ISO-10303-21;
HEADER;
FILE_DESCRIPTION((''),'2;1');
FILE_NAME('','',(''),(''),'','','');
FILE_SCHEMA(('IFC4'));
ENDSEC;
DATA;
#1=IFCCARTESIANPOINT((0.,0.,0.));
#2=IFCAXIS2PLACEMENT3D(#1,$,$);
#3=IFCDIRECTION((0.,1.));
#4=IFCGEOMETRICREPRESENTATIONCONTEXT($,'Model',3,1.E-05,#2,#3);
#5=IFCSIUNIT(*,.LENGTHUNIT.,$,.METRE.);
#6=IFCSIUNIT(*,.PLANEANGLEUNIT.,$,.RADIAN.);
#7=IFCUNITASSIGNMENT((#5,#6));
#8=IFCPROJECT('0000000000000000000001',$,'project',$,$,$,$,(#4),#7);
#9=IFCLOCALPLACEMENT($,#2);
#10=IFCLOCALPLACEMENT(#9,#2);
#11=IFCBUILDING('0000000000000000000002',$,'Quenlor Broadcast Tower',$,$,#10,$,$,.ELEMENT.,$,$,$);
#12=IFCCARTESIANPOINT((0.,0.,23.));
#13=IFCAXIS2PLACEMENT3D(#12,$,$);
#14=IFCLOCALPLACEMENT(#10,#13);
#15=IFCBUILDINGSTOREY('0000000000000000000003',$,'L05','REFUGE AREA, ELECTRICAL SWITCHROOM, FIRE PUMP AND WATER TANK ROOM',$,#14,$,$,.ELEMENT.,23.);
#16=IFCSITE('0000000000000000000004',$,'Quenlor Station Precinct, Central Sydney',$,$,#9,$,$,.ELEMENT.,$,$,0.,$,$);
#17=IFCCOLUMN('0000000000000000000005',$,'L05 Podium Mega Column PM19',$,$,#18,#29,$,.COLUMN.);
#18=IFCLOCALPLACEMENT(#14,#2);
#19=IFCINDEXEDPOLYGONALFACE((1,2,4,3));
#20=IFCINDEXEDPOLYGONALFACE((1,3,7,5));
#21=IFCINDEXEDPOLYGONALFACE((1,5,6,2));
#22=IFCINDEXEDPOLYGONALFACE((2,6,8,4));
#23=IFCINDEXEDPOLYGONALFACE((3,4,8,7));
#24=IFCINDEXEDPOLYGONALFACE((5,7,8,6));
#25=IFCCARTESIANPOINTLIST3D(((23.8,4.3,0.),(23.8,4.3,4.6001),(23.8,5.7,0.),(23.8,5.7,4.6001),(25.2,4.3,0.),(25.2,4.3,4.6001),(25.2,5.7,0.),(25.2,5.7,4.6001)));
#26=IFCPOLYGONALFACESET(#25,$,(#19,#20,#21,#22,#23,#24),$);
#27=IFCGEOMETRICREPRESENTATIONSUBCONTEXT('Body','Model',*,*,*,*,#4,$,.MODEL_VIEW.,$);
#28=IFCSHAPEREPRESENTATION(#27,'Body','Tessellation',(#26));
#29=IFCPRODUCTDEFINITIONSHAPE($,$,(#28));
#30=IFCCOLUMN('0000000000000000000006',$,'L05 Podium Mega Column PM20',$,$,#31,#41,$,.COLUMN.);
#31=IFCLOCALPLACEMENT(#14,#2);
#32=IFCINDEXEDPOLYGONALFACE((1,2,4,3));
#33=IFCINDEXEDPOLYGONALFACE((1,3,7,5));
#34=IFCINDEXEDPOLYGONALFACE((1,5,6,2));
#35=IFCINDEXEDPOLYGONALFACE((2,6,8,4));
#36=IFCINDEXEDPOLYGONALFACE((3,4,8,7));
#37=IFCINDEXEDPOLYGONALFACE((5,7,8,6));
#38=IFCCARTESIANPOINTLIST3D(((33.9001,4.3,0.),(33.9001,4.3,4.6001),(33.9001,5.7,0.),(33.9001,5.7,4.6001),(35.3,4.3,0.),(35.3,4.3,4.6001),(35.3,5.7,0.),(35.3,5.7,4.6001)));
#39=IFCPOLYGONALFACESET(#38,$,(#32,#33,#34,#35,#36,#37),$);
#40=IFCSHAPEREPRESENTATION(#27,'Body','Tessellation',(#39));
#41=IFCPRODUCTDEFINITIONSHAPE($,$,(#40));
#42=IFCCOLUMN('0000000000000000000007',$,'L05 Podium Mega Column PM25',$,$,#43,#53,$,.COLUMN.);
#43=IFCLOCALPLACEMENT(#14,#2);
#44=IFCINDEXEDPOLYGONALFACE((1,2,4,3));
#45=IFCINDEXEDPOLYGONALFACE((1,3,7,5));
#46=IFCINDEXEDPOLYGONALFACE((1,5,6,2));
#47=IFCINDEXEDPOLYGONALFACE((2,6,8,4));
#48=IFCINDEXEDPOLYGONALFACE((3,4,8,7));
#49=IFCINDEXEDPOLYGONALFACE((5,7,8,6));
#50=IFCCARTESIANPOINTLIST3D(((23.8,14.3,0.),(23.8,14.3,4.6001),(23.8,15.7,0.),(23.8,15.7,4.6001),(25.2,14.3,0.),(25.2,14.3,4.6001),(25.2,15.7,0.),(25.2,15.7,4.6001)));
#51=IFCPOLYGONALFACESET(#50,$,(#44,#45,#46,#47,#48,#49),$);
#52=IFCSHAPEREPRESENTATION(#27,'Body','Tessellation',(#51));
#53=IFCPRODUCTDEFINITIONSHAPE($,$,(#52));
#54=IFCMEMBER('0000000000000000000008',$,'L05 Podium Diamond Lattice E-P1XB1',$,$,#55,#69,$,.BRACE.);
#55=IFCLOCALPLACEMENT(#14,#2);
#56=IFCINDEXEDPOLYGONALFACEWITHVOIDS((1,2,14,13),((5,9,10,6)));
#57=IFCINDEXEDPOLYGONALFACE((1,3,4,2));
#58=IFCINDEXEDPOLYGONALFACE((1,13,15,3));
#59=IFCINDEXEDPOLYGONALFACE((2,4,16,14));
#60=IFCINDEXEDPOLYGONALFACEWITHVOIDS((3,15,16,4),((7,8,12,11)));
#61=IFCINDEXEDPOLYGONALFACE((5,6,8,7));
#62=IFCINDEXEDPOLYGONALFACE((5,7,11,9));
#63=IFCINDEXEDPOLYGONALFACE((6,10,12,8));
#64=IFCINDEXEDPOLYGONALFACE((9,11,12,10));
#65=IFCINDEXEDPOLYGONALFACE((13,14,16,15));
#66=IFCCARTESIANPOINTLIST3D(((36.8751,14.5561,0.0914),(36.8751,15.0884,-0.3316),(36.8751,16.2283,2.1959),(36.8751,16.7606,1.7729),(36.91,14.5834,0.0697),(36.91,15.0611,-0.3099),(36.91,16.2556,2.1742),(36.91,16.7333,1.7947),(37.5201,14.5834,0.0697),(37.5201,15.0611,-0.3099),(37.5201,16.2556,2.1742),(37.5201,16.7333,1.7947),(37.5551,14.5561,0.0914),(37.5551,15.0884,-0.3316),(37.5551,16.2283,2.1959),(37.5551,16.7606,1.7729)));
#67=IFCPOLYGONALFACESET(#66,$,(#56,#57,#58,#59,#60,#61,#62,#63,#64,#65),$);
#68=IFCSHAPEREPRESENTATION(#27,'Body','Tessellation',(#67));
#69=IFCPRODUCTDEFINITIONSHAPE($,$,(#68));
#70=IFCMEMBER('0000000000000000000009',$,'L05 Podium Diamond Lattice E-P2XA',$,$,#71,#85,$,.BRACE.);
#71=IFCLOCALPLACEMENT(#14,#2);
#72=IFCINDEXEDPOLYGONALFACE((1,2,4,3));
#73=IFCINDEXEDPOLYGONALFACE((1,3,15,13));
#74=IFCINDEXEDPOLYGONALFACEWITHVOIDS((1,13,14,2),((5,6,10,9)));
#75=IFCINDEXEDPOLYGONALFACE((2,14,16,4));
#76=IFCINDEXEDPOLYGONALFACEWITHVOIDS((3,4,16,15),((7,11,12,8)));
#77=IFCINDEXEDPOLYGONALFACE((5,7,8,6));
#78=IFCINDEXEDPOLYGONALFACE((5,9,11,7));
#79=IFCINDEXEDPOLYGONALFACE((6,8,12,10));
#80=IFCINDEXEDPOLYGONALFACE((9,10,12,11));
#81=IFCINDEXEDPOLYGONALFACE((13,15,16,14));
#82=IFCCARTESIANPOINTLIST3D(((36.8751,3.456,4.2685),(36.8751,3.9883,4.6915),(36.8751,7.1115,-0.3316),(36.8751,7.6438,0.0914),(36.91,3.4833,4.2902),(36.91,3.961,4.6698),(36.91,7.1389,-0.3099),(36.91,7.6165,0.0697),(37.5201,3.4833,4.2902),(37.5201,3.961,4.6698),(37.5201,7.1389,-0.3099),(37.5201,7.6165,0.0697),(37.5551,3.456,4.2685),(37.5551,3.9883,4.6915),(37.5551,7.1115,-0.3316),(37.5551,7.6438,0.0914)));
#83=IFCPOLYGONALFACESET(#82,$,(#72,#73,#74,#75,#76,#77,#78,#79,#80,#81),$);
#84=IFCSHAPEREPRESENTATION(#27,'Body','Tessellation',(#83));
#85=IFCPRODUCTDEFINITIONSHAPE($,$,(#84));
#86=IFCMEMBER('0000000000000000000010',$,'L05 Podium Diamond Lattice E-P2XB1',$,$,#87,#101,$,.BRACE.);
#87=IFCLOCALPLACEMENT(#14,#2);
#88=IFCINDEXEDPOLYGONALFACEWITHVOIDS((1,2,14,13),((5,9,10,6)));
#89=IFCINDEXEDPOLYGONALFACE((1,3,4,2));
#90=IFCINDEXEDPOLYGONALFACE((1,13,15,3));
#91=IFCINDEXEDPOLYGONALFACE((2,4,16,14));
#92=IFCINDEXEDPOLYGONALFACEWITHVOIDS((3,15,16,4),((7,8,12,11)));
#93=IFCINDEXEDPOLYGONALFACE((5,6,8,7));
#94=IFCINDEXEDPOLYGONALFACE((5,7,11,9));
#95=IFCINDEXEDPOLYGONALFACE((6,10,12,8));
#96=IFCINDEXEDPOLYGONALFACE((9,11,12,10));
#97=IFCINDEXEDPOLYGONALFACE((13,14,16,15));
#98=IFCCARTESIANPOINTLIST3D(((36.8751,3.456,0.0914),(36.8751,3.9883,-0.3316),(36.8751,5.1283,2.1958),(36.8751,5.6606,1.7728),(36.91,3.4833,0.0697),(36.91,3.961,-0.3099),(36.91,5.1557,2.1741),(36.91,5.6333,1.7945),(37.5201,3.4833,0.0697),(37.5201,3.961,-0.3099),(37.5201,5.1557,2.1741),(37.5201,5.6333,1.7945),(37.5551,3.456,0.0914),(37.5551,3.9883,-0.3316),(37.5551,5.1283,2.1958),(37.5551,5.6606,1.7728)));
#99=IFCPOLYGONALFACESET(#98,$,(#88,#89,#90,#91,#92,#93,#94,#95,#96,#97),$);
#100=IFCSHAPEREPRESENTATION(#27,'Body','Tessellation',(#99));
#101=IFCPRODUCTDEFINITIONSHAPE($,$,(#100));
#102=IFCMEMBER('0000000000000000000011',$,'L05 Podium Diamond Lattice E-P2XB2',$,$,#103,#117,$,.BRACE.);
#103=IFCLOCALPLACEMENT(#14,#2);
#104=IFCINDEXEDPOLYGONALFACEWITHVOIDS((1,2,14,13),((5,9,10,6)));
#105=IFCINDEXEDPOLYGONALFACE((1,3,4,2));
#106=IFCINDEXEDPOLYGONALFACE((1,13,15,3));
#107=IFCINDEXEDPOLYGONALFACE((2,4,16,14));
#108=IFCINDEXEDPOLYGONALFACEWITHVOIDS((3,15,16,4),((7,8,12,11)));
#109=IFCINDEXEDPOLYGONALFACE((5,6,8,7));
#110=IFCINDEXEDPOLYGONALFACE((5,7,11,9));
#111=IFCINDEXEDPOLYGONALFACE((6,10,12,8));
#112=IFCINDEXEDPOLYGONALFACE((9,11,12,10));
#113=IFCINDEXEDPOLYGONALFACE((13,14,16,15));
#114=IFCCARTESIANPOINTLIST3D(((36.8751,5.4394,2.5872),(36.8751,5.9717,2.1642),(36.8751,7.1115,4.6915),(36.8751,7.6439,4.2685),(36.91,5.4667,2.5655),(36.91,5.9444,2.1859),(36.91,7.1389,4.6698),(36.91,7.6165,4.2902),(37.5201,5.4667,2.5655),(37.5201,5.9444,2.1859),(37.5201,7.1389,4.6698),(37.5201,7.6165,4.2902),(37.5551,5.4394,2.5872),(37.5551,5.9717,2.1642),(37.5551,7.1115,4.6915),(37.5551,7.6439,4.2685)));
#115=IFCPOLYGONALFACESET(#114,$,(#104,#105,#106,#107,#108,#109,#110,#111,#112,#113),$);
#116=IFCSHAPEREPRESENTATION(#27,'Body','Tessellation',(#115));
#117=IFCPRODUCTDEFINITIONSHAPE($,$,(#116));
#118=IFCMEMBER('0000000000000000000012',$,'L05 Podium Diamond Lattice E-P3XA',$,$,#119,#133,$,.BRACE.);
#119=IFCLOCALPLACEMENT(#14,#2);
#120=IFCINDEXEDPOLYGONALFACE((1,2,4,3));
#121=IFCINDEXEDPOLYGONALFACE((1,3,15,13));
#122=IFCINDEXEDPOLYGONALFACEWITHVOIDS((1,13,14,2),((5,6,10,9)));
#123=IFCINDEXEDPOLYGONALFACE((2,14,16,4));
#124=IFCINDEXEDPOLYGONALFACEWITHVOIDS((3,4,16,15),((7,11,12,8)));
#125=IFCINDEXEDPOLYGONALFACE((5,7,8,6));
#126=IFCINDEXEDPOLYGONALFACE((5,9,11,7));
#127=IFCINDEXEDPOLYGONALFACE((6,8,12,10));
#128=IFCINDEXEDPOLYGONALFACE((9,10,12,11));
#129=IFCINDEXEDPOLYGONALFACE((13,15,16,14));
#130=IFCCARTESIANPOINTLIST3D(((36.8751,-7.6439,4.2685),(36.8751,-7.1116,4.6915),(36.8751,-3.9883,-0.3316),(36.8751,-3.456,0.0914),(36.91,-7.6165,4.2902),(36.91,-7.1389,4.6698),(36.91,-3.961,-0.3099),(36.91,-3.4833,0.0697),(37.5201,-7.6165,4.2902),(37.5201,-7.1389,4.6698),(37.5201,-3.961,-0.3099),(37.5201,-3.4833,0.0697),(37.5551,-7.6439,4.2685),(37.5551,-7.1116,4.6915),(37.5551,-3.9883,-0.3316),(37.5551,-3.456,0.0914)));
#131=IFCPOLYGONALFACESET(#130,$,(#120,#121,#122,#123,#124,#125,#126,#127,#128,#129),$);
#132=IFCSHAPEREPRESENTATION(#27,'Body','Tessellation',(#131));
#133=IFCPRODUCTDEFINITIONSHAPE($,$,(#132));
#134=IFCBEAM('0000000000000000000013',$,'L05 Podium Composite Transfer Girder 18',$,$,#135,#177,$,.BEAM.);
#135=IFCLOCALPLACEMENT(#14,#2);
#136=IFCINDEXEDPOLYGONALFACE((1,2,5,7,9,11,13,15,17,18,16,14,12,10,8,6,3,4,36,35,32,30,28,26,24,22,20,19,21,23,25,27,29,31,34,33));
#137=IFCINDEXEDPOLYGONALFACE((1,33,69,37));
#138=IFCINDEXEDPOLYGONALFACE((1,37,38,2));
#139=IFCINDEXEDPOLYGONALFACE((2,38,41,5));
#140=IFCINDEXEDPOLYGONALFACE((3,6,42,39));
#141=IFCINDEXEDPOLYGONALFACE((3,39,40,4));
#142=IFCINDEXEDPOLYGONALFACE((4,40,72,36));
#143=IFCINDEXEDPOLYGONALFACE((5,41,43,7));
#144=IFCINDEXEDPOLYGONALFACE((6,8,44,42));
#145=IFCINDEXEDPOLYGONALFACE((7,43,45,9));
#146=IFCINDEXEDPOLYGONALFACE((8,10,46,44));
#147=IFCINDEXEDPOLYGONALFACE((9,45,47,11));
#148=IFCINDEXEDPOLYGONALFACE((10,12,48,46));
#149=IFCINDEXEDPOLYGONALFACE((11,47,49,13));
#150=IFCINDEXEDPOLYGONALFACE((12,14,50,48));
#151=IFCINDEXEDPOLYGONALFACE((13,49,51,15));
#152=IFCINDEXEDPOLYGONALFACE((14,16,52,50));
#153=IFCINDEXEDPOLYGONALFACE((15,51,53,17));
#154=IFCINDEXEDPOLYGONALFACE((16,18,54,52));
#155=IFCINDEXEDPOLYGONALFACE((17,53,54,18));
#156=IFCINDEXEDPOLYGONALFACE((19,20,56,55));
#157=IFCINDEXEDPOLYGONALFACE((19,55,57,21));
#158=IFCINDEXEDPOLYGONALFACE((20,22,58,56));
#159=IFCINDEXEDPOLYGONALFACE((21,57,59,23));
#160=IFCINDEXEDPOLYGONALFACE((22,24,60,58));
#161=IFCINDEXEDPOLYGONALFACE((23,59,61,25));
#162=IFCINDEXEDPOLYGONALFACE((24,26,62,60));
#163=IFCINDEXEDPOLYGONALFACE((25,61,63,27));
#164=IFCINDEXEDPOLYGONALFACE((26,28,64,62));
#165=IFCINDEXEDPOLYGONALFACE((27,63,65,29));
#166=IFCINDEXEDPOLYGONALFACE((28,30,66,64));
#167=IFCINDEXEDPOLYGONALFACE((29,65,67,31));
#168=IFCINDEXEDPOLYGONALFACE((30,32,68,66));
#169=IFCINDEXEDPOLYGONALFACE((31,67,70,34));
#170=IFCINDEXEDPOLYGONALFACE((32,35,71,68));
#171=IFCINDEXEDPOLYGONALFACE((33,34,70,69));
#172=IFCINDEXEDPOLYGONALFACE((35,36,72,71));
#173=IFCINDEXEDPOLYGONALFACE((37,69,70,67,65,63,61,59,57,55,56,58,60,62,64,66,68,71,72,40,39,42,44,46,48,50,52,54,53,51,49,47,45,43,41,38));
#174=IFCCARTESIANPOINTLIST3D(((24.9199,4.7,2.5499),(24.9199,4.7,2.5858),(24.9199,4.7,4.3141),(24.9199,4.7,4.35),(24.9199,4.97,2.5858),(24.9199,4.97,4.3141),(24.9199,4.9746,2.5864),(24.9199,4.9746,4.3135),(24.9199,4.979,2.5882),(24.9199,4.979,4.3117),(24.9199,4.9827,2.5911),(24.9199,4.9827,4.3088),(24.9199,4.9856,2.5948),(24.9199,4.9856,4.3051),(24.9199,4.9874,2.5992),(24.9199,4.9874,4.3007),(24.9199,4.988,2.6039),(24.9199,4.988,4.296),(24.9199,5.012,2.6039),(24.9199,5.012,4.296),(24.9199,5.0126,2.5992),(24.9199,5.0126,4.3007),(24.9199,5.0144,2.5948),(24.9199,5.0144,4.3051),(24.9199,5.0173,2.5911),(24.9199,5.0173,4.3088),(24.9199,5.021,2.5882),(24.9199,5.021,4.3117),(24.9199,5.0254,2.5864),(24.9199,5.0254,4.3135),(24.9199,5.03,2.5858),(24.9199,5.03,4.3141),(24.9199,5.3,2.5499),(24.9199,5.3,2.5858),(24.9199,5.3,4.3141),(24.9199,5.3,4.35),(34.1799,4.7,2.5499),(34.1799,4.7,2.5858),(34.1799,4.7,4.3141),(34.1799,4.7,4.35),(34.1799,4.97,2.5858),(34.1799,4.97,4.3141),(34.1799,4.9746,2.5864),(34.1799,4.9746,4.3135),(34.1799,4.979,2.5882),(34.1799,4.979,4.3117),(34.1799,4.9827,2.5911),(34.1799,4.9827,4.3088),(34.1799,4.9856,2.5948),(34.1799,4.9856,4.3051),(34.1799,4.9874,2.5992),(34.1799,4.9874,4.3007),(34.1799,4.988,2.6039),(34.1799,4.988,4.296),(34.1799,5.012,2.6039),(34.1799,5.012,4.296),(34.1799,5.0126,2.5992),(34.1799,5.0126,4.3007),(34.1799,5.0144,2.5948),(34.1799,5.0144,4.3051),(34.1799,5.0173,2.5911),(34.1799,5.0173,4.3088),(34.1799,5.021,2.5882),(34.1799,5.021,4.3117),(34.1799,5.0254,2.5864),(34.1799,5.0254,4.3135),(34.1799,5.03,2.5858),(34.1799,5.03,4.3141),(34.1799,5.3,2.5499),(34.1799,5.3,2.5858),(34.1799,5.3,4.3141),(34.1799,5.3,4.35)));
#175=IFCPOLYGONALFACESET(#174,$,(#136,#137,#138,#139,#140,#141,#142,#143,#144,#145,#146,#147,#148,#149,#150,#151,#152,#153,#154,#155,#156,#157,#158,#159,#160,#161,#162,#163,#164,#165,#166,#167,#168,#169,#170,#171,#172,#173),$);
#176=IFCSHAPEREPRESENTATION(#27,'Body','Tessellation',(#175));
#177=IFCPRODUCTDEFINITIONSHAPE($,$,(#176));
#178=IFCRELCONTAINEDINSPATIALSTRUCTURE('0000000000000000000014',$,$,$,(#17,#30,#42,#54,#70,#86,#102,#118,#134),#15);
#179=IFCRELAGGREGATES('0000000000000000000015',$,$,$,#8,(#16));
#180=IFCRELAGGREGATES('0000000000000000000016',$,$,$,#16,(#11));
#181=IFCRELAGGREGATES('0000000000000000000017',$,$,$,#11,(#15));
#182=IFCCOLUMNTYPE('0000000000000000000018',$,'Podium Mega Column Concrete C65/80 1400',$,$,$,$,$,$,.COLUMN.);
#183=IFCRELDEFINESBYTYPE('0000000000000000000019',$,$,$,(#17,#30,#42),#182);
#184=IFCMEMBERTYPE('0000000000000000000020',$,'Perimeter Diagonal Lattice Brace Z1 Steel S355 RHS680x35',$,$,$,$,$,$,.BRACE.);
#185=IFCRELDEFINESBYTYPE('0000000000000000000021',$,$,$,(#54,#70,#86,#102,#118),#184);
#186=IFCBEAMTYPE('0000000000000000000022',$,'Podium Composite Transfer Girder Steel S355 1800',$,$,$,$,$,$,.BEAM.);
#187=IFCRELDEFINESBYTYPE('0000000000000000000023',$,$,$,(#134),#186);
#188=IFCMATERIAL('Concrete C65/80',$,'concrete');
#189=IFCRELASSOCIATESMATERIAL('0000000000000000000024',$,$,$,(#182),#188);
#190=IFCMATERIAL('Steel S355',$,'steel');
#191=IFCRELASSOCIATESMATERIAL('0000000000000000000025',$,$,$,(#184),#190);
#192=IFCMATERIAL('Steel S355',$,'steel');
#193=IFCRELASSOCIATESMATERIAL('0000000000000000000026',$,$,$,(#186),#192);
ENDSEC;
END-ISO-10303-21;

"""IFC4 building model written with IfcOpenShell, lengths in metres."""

from ifc_helpers import new_model, si_unit, direction, frame, origin, origin_2d, place, context, subcontext, project, spatial, rectangle, hollow_rectangle, i_section, extrude, material, material_profile, profile_set, type_object, element, save


model = new_model("IFC4")

# Units and contexts
model_context = context("Model", 3, precision=1e-05, world=origin(), true_north=direction((0.0, 1.0)))
body_context = subcontext(model_context, "Body", "Model", "MODEL_VIEW")
ifc_project = project(units=[si_unit("LENGTHUNIT", "METRE"), si_unit("PLANEANGLEUNIT", "RADIAN")], contexts=[model_context])

# Site, building, storey
site_placement = place(None, origin())
site = spatial("IfcSite", under=ifc_project, at=site_placement, Name="Quenlor Station Precinct, Central Sydney", CompositionType="ELEMENT", RefElevation=0.0)
building_placement = place(site_placement, origin())
building = spatial("IfcBuilding", under=site, at=building_placement, Name="Quenlor Broadcast Tower", CompositionType="ELEMENT")
storey_placement = place(building_placement, frame((0.0, 0.0, 23.0)))
storey = spatial("IfcBuildingStorey", under=building, at=storey_placement, Name="L05", Description="REFUGE AREA, ELECTRICAL SWITCHROOM, FIRE PUMP AND WATER TANK ROOM", CompositionType="ELEMENT", Elevation=23.0)

# Columns
ifc_material_1 = material(Name="Concrete C65/80", Category="concrete")
ifc_material_profile_1 = material_profile(ifc_material_1, rectangle(XDim=1.3999, YDim=1.3999, at=origin_2d()))
ifc_profile_set_1 = profile_set([ifc_material_profile_1], Name="Concrete C65/80 RC1400x1400")
column_type = type_object("IfcColumnType", Name="Podium Mega Column Concrete C65/80 1400", PredefinedType="COLUMN", material=ifc_profile_set_1)
for number, where, z_axis, x_axis, name in (
    (1, (24.5, 5.0, 0.0), (0.0, 0.0, 1.0), (1.0, 0.0, 0.0), "L05 Podium Mega Column PM19"),
    (2, (34.6001, 5.0, 0.0), (0.0, 0.0, 1.0), (1.0, 0.0, 0.0), "L05 Podium Mega Column PM20"),
    (3, (24.5, 15.0, 0.0), (0.0, 0.0, 1.0), (1.0, 0.0, 0.0), "L05 Podium Mega Column PM25"),
):
    element("IfcColumn", number, at=place(storey_placement, frame(where, z_axis=z_axis, x_axis=x_axis)), inside=storey, type_object=column_type, Name=name, PredefinedType="COLUMN", context=body_context, shape_type="SweptSolid", body=[
        extrude(rectangle(XDim=1.3999, YDim=1.3999, at=origin_2d()), origin(), (0.0, 0.0, 1.0), 4.6001),
    ])

# Members
ifc_material_2 = material(Name="Steel S355", Category="steel")
ifc_material_profile_2 = material_profile(ifc_material_2, hollow_rectangle(XDim=0.6799, YDim=0.6799, WallThickness=0.0349, at=origin_2d()))
ifc_profile_set_2 = profile_set([ifc_material_profile_2], Name="Steel S355 RHS680x680x35")
member_type_1 = type_object("IfcMemberType", Name="Perimeter Diagonal Lattice Brace Z1 Steel S355 RHS680x35", PredefinedType="BRACE", material=ifc_profile_set_2)
member_1_placement = place(storey_placement, frame((37.2151, 14.8223, -0.1201), z_axis=(0.0, 0.622089, 0.782947), x_axis=(-1.0, 0.0, 0.0)))
element("IfcMember", 4, at=member_1_placement, inside=storey, type_object=member_type_1, Name="L05 Podium Diamond Lattice E-P1XB1", PredefinedType="BRACE", context=body_context, shape_type="SweptSolid", body=[
    extrude(hollow_rectangle(XDim=0.6799, YDim=0.6799, WallThickness=0.0349, at=origin_2d()), origin(), (0.0, 0.0, 1.0), 2.688),
])
member_2_placement = place(storey_placement, frame((37.2151, 7.3777, -0.1201), z_axis=(0.0, -0.622143, 0.782904), x_axis=(1.0, 0.0, 0.0)))
element("IfcMember", 5, at=member_2_placement, inside=storey, type_object=member_type_1, Name="L05 Podium Diamond Lattice E-P2XA", PredefinedType="BRACE", context=body_context, shape_type="SweptSolid", body=[
    extrude(hollow_rectangle(XDim=0.6799, YDim=0.6799, WallThickness=0.0349, at=origin_2d()), origin(), (0.0, 0.0, 1.0), 5.8757),
])
member_3_placement = place(storey_placement, frame((37.2151, 3.7222, -0.1201), z_axis=(0.0, 0.622144, 0.782903), x_axis=(-1.0, 0.0, 0.0)))
element("IfcMember", 6, at=member_3_placement, inside=storey, type_object=member_type_1, Name="L05 Podium Diamond Lattice E-P2XB1", PredefinedType="BRACE", context=body_context, shape_type="SweptSolid", body=[
    extrude(hollow_rectangle(XDim=0.6799, YDim=0.6799, WallThickness=0.0349, at=origin_2d()), origin(), (0.0, 0.0, 1.0), 2.688),
])
member_4_placement = place(storey_placement, frame((37.2151, 5.7056, 2.3757), z_axis=(0.0, 0.622133, 0.782912), x_axis=(-1.0, 0.0, 0.0)))
element("IfcMember", 7, at=member_4_placement, inside=storey, type_object=member_type_1, Name="L05 Podium Diamond Lattice E-P2XB2", PredefinedType="BRACE", context=body_context, shape_type="SweptSolid", body=[
    extrude(hollow_rectangle(XDim=0.6799, YDim=0.6799, WallThickness=0.0349, at=origin_2d()), origin(), (0.0, 0.0, 1.0), 2.6877),
])
member_5_placement = place(storey_placement, frame((37.2151, -3.7222, -0.1201), z_axis=(0.0, -0.622143, 0.782904), x_axis=(1.0, 0.0, 0.0)))
element("IfcMember", 8, at=member_5_placement, inside=storey, type_object=member_type_1, Name="L05 Podium Diamond Lattice E-P3XA", PredefinedType="BRACE", context=body_context, shape_type="SweptSolid", body=[
    extrude(hollow_rectangle(XDim=0.6799, YDim=0.6799, WallThickness=0.0349, at=origin_2d()), origin(), (0.0, 0.0, 1.0), 5.8757),
])

# Beam
ifc_material_3 = material(Name="Steel S355", Category="steel")
ifc_material_profile_3 = material_profile(ifc_material_3, i_section(OverallWidth=0.6001, OverallDepth=1.8, WebThickness=0.0239, FlangeThickness=0.0359, FilletRadius=0.0181, at=origin_2d()))
ifc_profile_set_3 = profile_set([ifc_material_profile_3], Name="Steel S355 1800TG620")
beam_type = type_object("IfcBeamType", Name="Podium Composite Transfer Girder Steel S355 1800", PredefinedType="BEAM", material=ifc_profile_set_3)
beam_placement = place(storey_placement, frame((24.9199, 5.0, 3.45), z_axis=(1.0, 0.0, 0.0), x_axis=(0.0, 1.0, 0.0)))
element("IfcBeam", 9, at=beam_placement, inside=storey, type_object=beam_type, Name="L05 Podium Composite Transfer Girder 18", PredefinedType="BEAM", context=body_context, shape_type="SweptSolid", body=[
    extrude(i_section(OverallWidth=0.6001, OverallDepth=1.8, WebThickness=0.0239, FlangeThickness=0.0359, FilletRadius=0.0181, at=origin_2d()), origin(), (0.0, 0.0, 1.0), 9.26),
])

save(model, "model.ifc")
